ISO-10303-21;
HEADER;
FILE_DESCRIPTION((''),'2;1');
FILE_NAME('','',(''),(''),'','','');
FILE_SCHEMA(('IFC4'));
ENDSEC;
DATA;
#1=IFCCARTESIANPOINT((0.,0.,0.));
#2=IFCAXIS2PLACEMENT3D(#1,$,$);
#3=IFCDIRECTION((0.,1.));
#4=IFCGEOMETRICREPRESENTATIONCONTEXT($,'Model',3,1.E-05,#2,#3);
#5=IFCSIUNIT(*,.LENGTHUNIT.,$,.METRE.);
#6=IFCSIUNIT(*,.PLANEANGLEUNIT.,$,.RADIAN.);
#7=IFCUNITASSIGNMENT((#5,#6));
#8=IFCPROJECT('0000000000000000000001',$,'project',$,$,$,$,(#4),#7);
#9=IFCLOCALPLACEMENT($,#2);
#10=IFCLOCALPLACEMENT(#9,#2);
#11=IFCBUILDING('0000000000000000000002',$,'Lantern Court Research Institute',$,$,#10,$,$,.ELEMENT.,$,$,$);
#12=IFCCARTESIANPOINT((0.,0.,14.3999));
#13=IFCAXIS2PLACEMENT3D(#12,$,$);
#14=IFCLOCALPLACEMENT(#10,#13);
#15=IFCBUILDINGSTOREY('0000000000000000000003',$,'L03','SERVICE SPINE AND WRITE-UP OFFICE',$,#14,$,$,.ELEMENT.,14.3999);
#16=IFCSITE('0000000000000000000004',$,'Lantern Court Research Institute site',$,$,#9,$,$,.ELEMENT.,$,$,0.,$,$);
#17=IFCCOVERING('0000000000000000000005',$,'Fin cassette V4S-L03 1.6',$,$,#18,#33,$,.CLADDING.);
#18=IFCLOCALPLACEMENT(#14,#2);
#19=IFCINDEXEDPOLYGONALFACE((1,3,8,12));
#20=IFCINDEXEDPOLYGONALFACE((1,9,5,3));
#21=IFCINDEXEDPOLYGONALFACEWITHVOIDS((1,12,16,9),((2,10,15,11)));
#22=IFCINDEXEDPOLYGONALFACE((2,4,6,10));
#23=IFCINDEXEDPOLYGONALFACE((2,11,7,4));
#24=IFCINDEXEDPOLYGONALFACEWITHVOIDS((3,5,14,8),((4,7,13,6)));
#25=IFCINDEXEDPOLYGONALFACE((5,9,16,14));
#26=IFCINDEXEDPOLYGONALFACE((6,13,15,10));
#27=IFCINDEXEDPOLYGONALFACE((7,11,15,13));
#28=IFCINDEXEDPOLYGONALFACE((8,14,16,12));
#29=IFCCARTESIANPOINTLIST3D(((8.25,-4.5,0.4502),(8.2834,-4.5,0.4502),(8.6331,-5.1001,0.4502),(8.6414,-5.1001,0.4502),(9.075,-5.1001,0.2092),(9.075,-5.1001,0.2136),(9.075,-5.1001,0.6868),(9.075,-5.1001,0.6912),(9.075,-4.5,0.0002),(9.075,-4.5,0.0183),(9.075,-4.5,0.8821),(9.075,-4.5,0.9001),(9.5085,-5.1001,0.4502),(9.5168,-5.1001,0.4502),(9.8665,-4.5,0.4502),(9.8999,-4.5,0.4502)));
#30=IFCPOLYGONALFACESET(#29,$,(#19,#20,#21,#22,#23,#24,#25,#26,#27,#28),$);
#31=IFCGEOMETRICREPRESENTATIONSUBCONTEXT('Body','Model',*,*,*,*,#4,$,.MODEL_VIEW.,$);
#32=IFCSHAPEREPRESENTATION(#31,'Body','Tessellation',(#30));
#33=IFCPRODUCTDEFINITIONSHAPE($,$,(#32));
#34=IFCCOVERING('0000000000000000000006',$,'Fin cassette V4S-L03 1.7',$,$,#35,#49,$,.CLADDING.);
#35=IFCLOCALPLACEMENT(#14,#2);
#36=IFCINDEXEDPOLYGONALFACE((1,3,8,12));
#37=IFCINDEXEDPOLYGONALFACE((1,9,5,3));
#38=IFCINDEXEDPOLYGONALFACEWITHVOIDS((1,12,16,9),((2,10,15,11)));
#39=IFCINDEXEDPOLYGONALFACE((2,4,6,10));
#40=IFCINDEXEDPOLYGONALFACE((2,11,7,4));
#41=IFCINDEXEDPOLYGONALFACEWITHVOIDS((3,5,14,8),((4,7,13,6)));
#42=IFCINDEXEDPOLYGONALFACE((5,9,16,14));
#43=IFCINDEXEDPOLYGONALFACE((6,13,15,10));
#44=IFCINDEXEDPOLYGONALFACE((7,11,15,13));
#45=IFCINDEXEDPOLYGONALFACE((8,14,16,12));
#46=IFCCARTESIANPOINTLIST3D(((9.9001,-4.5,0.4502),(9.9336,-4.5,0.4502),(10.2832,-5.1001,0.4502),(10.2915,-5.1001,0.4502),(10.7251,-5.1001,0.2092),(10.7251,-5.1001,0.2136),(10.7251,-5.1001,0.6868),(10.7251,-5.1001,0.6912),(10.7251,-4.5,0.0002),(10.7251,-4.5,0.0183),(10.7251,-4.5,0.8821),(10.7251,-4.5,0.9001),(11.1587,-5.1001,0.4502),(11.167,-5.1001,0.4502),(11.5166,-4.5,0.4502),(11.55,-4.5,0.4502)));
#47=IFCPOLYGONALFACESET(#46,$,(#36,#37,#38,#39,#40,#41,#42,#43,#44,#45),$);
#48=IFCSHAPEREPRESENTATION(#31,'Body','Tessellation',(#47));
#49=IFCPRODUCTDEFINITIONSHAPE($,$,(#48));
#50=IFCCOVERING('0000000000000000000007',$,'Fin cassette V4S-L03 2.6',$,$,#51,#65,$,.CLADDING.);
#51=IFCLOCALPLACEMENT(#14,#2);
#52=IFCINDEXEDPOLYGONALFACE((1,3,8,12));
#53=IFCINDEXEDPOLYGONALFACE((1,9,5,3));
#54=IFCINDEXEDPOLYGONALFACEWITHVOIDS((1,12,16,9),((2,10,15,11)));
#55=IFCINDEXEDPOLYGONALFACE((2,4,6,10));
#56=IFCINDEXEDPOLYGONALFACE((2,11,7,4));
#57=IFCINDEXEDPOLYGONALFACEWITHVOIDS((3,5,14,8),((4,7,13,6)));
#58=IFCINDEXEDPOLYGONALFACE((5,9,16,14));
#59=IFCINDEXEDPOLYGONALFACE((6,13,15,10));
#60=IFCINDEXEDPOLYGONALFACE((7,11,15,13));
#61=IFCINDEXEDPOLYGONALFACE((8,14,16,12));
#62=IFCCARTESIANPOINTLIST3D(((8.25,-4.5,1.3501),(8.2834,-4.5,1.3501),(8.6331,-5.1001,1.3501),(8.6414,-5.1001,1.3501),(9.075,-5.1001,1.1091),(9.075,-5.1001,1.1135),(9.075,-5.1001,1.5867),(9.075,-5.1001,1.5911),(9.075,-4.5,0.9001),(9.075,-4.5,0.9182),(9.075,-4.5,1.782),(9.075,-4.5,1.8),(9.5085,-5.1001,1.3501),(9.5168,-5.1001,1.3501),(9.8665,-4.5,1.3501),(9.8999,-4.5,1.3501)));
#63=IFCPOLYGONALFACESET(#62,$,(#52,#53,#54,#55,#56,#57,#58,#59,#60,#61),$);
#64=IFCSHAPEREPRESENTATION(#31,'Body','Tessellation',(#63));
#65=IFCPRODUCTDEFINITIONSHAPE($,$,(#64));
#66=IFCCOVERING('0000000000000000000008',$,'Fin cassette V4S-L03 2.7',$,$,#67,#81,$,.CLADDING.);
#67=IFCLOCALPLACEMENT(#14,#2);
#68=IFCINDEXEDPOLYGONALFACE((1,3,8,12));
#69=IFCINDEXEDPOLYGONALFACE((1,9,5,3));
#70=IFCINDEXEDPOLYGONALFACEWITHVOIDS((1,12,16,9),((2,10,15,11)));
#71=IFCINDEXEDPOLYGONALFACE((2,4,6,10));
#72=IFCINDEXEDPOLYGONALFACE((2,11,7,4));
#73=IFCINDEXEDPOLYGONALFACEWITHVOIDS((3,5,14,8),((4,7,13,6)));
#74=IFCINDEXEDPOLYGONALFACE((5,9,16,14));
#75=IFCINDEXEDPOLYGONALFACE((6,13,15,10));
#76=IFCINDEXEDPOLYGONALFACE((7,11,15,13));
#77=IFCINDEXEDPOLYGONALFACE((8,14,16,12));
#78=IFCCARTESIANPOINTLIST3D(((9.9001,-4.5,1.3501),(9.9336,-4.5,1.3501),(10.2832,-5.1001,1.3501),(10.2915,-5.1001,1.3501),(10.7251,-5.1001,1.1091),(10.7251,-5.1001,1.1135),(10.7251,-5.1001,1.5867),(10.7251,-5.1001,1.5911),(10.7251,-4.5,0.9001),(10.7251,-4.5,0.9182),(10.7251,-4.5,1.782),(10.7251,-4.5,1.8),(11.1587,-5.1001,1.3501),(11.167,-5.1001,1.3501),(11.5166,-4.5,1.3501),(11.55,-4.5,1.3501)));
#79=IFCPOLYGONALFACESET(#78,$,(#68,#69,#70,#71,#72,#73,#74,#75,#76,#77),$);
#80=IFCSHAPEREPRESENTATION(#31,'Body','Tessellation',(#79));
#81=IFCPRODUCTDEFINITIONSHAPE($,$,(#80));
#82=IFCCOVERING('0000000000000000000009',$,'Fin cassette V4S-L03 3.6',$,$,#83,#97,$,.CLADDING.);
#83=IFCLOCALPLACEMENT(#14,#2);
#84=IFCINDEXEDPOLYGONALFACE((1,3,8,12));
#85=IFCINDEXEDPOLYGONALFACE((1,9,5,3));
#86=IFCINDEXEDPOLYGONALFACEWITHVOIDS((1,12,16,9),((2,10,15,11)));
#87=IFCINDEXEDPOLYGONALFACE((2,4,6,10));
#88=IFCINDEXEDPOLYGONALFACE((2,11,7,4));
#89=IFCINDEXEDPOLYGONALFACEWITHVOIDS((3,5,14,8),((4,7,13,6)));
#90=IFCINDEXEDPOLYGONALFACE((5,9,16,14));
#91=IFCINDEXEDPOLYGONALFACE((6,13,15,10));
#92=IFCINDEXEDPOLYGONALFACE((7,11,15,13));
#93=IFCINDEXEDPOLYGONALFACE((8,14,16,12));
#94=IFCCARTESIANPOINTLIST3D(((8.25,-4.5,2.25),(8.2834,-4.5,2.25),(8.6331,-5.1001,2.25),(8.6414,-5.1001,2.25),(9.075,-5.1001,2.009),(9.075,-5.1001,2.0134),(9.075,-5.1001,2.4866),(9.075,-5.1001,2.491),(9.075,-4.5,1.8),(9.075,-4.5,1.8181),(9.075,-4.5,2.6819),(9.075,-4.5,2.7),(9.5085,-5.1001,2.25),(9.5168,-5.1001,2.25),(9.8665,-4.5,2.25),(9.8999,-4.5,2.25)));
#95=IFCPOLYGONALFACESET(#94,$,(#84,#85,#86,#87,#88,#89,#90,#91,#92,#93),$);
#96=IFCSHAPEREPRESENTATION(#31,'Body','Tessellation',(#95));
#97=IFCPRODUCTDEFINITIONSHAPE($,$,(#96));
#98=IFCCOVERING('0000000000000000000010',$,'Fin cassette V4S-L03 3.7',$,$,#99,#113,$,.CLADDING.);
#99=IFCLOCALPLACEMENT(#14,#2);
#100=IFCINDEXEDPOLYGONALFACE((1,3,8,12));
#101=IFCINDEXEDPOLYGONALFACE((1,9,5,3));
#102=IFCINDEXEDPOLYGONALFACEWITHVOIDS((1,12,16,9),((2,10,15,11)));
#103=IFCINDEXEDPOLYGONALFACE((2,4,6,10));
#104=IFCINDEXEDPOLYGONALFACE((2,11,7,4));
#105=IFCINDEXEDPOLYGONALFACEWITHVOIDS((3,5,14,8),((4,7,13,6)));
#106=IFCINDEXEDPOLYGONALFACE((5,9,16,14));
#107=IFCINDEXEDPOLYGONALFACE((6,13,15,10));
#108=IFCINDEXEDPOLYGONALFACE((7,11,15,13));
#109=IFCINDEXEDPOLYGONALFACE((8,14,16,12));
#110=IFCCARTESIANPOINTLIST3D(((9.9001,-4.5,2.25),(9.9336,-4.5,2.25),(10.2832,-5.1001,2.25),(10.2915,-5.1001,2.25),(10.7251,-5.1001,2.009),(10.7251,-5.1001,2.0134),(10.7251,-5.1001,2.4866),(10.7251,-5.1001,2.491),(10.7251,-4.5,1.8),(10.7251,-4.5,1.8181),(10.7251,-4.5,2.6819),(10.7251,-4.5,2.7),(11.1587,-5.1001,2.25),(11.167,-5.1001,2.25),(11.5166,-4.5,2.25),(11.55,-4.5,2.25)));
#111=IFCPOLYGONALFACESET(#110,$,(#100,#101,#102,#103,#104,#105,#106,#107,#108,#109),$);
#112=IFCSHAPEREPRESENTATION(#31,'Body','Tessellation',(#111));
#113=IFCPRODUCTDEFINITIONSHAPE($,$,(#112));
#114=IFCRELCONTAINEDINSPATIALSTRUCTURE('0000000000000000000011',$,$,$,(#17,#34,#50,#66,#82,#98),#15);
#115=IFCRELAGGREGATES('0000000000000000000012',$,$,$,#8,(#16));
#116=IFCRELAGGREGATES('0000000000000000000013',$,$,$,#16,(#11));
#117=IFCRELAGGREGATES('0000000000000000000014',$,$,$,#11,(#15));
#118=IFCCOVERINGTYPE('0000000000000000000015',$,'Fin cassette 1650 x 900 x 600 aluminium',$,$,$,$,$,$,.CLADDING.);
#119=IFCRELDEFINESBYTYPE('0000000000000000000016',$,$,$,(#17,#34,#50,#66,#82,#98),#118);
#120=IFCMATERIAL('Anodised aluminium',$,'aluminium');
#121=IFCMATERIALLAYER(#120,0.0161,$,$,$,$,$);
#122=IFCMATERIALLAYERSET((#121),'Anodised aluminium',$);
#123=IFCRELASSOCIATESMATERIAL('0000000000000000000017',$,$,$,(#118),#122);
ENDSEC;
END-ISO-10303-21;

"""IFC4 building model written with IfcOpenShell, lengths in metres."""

from ifc_helpers import new_model, entity, si_unit, direction, frame, origin, place, context, subcontext, project, spatial, material, layer, layer_set, type_object, element, save


model = new_model("IFC4")

# Units and contexts
model_context = context("Model", 3, precision=1e-05, world=origin(), true_north=direction((0.0, 1.0)))
body_context = subcontext(model_context, "Body", "Model", "MODEL_VIEW")
ifc_project = project(units=[si_unit("LENGTHUNIT", "METRE"), si_unit("PLANEANGLEUNIT", "RADIAN")], contexts=[model_context])

# Site, building, storey
site_placement = place(None, origin())
site = spatial("IfcSite", under=ifc_project, at=site_placement, Name="Lantern Court Research Institute site", CompositionType="ELEMENT", RefElevation=0.0)
building_placement = place(site_placement, origin())
building = spatial("IfcBuilding", under=site, at=building_placement, Name="Lantern Court Research Institute", CompositionType="ELEMENT")
storey_placement = place(building_placement, frame((0.0, 0.0, 14.3999)))
storey = spatial("IfcBuildingStorey", under=building, at=storey_placement, Name="L03", Description="SERVICE SPINE AND WRITE-UP OFFICE", CompositionType="ELEMENT", Elevation=14.3999)

# Coverings
ifc_material_1 = material(Name="Anodised aluminium", Category="aluminium")
ifc_layer_1 = layer(ifc_material_1, 0.0161)
ifc_layer_set_1 = layer_set([ifc_layer_1], Name="Anodised aluminium")
covering_type = type_object("IfcCoveringType", Name="Fin cassette 1650 x 900 x 600 aluminium", PredefinedType="CLADDING", material=ifc_layer_set_1)
covering_1_placement = place(storey_placement, frame((9.075, -4.5, 0.4502), z_axis=(0.0, -1.0, 0.0), x_axis=(1.0, 0.0, 0.0)))
cartesian_point_1 = entity("IfcCartesianPoint", [0.825, 0.0])
cartesian_point_2 = entity("IfcCartesianPoint", [0.7915, 0.0])
cartesian_point_3 = entity("IfcCartesianPoint", [0.4419, 0.0])
cartesian_point_4 = entity("IfcCartesianPoint", [0.4336, 0.0])
element("IfcCovering", 1, at=covering_1_placement, inside=storey, type_object=covering_type, Name="Fin cassette V4S-L03 1.6", PredefinedType="CLADDING", context=body_context, shape_type="SweptSolid", body=[
    entity("IfcExtrudedAreaSolidTapered", entity("IfcArbitraryProfileDefWithVoids", "AREA", None, entity("IfcPolyline", [cartesian_point_1, entity("IfcCartesianPoint", [0.0, 0.45]), entity("IfcCartesianPoint", [-0.825, 0.0]), entity("IfcCartesianPoint", [0.0, -0.45]), cartesian_point_1]), [entity("IfcPolyline", [cartesian_point_2, entity("IfcCartesianPoint", [0.0, 0.4319]), entity("IfcCartesianPoint", [-0.7915, 0.0]), entity("IfcCartesianPoint", [0.0, -0.4319]), cartesian_point_2])]), entity("IfcAxis2Placement3D", entity("IfcCartesianPoint", [0.0, 0.0, 0.0])), entity("IfcDirection", [0.0, 0.0, 1.0]), 0.6001, entity("IfcArbitraryProfileDefWithVoids", "AREA", None, entity("IfcPolyline", [cartesian_point_3, entity("IfcCartesianPoint", [0.0, 0.241]), entity("IfcCartesianPoint", [-0.4419, 0.0]), entity("IfcCartesianPoint", [0.0, -0.241]), cartesian_point_3]), [entity("IfcPolyline", [cartesian_point_4, entity("IfcCartesianPoint", [0.0, 0.2366]), entity("IfcCartesianPoint", [-0.4336, 0.0]), entity("IfcCartesianPoint", [0.0, -0.2366]), cartesian_point_4])])),
])
covering_2_placement = place(storey_placement, frame((10.7251, -4.5, 0.4502), z_axis=(0.0, -1.0, 0.0), x_axis=(1.0, 0.0, 0.0)))
cartesian_point_5 = entity("IfcCartesianPoint", [0.825, 0.0])
cartesian_point_6 = entity("IfcCartesianPoint", [0.7915, 0.0])
cartesian_point_7 = entity("IfcCartesianPoint", [0.4419, 0.0])
cartesian_point_8 = entity("IfcCartesianPoint", [0.4336, 0.0])
element("IfcCovering", 2, at=covering_2_placement, inside=storey, type_object=covering_type, Name="Fin cassette V4S-L03 1.7", PredefinedType="CLADDING", context=body_context, shape_type="SweptSolid", body=[
    entity("IfcExtrudedAreaSolidTapered", entity("IfcArbitraryProfileDefWithVoids", "AREA", None, entity("IfcPolyline", [cartesian_point_5, entity("IfcCartesianPoint", [0.0, 0.45]), entity("IfcCartesianPoint", [-0.825, 0.0]), entity("IfcCartesianPoint", [0.0, -0.45]), cartesian_point_5]), [entity("IfcPolyline", [cartesian_point_6, entity("IfcCartesianPoint", [0.0, 0.4319]), entity("IfcCartesianPoint", [-0.7915, 0.0]), entity("IfcCartesianPoint", [0.0, -0.4319]), cartesian_point_6])]), entity("IfcAxis2Placement3D", entity("IfcCartesianPoint", [0.0, 0.0, 0.0])), entity("IfcDirection", [0.0, 0.0, 1.0]), 0.6001, entity("IfcArbitraryProfileDefWithVoids", "AREA", None, entity("IfcPolyline", [cartesian_point_7, entity("IfcCartesianPoint", [0.0, 0.241]), entity("IfcCartesianPoint", [-0.4419, 0.0]), entity("IfcCartesianPoint", [0.0, -0.241]), cartesian_point_7]), [entity("IfcPolyline", [cartesian_point_8, entity("IfcCartesianPoint", [0.0, 0.2366]), entity("IfcCartesianPoint", [-0.4336, 0.0]), entity("IfcCartesianPoint", [0.0, -0.2366]), cartesian_point_8])])),
])
covering_3_placement = place(storey_placement, frame((9.075, -4.5, 1.3501), z_axis=(0.0, -1.0, 0.0), x_axis=(1.0, 0.0, 0.0)))
cartesian_point_9 = entity("IfcCartesianPoint", [0.825, 0.0])
cartesian_point_10 = entity("IfcCartesianPoint", [0.7915, 0.0])
cartesian_point_11 = entity("IfcCartesianPoint", [0.4419, 0.0])
cartesian_point_12 = entity("IfcCartesianPoint", [0.4336, 0.0])
element("IfcCovering", 3, at=covering_3_placement, inside=storey, type_object=covering_type, Name="Fin cassette V4S-L03 2.6", PredefinedType="CLADDING", context=body_context, shape_type="SweptSolid", body=[
    entity("IfcExtrudedAreaSolidTapered", entity("IfcArbitraryProfileDefWithVoids", "AREA", None, entity("IfcPolyline", [cartesian_point_9, entity("IfcCartesianPoint", [0.0, 0.45]), entity("IfcCartesianPoint", [-0.825, 0.0]), entity("IfcCartesianPoint", [0.0, -0.45]), cartesian_point_9]), [entity("IfcPolyline", [cartesian_point_10, entity("IfcCartesianPoint", [0.0, 0.4319]), entity("IfcCartesianPoint", [-0.7915, 0.0]), entity("IfcCartesianPoint", [0.0, -0.4319]), cartesian_point_10])]), entity("IfcAxis2Placement3D", entity("IfcCartesianPoint", [0.0, 0.0, 0.0])), entity("IfcDirection", [0.0, 0.0, 1.0]), 0.6001, entity("IfcArbitraryProfileDefWithVoids", "AREA", None, entity("IfcPolyline", [cartesian_point_11, entity("IfcCartesianPoint", [0.0, 0.241]), entity("IfcCartesianPoint", [-0.4419, 0.0]), entity("IfcCartesianPoint", [0.0, -0.241]), cartesian_point_11]), [entity("IfcPolyline", [cartesian_point_12, entity("IfcCartesianPoint", [0.0, 0.2366]), entity("IfcCartesianPoint", [-0.4336, 0.0]), entity("IfcCartesianPoint", [0.0, -0.2366]), cartesian_point_12])])),
])
covering_4_placement = place(storey_placement, frame((10.7251, -4.5, 1.3501), z_axis=(0.0, -1.0, 0.0), x_axis=(1.0, 0.0, 0.0)))
cartesian_point_13 = entity("IfcCartesianPoint", [0.825, 0.0])
cartesian_point_14 = entity("IfcCartesianPoint", [0.7915, 0.0])
cartesian_point_15 = entity("IfcCartesianPoint", [0.4419, 0.0])
cartesian_point_16 = entity("IfcCartesianPoint", [0.4336, 0.0])
element("IfcCovering", 4, at=covering_4_placement, inside=storey, type_object=covering_type, Name="Fin cassette V4S-L03 2.7", PredefinedType="CLADDING", context=body_context, shape_type="SweptSolid", body=[
    entity("IfcExtrudedAreaSolidTapered", entity("IfcArbitraryProfileDefWithVoids", "AREA", None, entity("IfcPolyline", [cartesian_point_13, entity("IfcCartesianPoint", [0.0, 0.45]), entity("IfcCartesianPoint", [-0.825, 0.0]), entity("IfcCartesianPoint", [0.0, -0.45]), cartesian_point_13]), [entity("IfcPolyline", [cartesian_point_14, entity("IfcCartesianPoint", [0.0, 0.4319]), entity("IfcCartesianPoint", [-0.7915, 0.0]), entity("IfcCartesianPoint", [0.0, -0.4319]), cartesian_point_14])]), entity("IfcAxis2Placement3D", entity("IfcCartesianPoint", [0.0, 0.0, 0.0])), entity("IfcDirection", [0.0, 0.0, 1.0]), 0.6001, entity("IfcArbitraryProfileDefWithVoids", "AREA", None, entity("IfcPolyline", [cartesian_point_15, entity("IfcCartesianPoint", [0.0, 0.241]), entity("IfcCartesianPoint", [-0.4419, 0.0]), entity("IfcCartesianPoint", [0.0, -0.241]), cartesian_point_15]), [entity("IfcPolyline", [cartesian_point_16, entity("IfcCartesianPoint", [0.0, 0.2366]), entity("IfcCartesianPoint", [-0.4336, 0.0]), entity("IfcCartesianPoint", [0.0, -0.2366]), cartesian_point_16])])),
])
covering_5_placement = place(storey_placement, frame((9.075, -4.5, 2.25), z_axis=(0.0, -1.0, 0.0), x_axis=(1.0, 0.0, 0.0)))
cartesian_point_17 = entity("IfcCartesianPoint", [0.825, 0.0])
cartesian_point_18 = entity("IfcCartesianPoint", [0.7915, 0.0])
cartesian_point_19 = entity("IfcCartesianPoint", [0.4419, 0.0])
cartesian_point_20 = entity("IfcCartesianPoint", [0.4336, 0.0])
element("IfcCovering", 5, at=covering_5_placement, inside=storey, type_object=covering_type, Name="Fin cassette V4S-L03 3.6", PredefinedType="CLADDING", context=body_context, shape_type="SweptSolid", body=[
    entity("IfcExtrudedAreaSolidTapered", entity("IfcArbitraryProfileDefWithVoids", "AREA", None, entity("IfcPolyline", [cartesian_point_17, entity("IfcCartesianPoint", [0.0, 0.45]), entity("IfcCartesianPoint", [-0.825, 0.0]), entity("IfcCartesianPoint", [0.0, -0.45]), cartesian_point_17]), [entity("IfcPolyline", [cartesian_point_18, entity("IfcCartesianPoint", [0.0, 0.4319]), entity("IfcCartesianPoint", [-0.7915, 0.0]), entity("IfcCartesianPoint", [0.0, -0.4319]), cartesian_point_18])]), entity("IfcAxis2Placement3D", entity("IfcCartesianPoint", [0.0, 0.0, 0.0])), entity("IfcDirection", [0.0, 0.0, 1.0]), 0.6001, entity("IfcArbitraryProfileDefWithVoids", "AREA", None, entity("IfcPolyline", [cartesian_point_19, entity("IfcCartesianPoint", [0.0, 0.241]), entity("IfcCartesianPoint", [-0.4419, 0.0]), entity("IfcCartesianPoint", [0.0, -0.241]), cartesian_point_19]), [entity("IfcPolyline", [cartesian_point_20, entity("IfcCartesianPoint", [0.0, 0.2366]), entity("IfcCartesianPoint", [-0.4336, 0.0]), entity("IfcCartesianPoint", [0.0, -0.2366]), cartesian_point_20])])),
])
covering_6_placement = place(storey_placement, frame((10.7251, -4.5, 2.25), z_axis=(0.0, -1.0, 0.0), x_axis=(1.0, 0.0, 0.0)))
cartesian_point_21 = entity("IfcCartesianPoint", [0.825, 0.0])
cartesian_point_22 = entity("IfcCartesianPoint", [0.7915, 0.0])
cartesian_point_23 = entity("IfcCartesianPoint", [0.4419, 0.0])
cartesian_point_24 = entity("IfcCartesianPoint", [0.4336, 0.0])
element("IfcCovering", 6, at=covering_6_placement, inside=storey, type_object=covering_type, Name="Fin cassette V4S-L03 3.7", PredefinedType="CLADDING", context=body_context, shape_type="SweptSolid", body=[
    entity("IfcExtrudedAreaSolidTapered", entity("IfcArbitraryProfileDefWithVoids", "AREA", None, entity("IfcPolyline", [cartesian_point_21, entity("IfcCartesianPoint", [0.0, 0.45]), entity("IfcCartesianPoint", [-0.825, 0.0]), entity("IfcCartesianPoint", [0.0, -0.45]), cartesian_point_21]), [entity("IfcPolyline", [cartesian_point_22, entity("IfcCartesianPoint", [0.0, 0.4319]), entity("IfcCartesianPoint", [-0.7915, 0.0]), entity("IfcCartesianPoint", [0.0, -0.4319]), cartesian_point_22])]), entity("IfcAxis2Placement3D", entity("IfcCartesianPoint", [0.0, 0.0, 0.0])), entity("IfcDirection", [0.0, 0.0, 1.0]), 0.6001, entity("IfcArbitraryProfileDefWithVoids", "AREA", None, entity("IfcPolyline", [cartesian_point_23, entity("IfcCartesianPoint", [0.0, 0.241]), entity("IfcCartesianPoint", [-0.4419, 0.0]), entity("IfcCartesianPoint", [0.0, -0.241]), cartesian_point_23]), [entity("IfcPolyline", [cartesian_point_24, entity("IfcCartesianPoint", [0.0, 0.2366]), entity("IfcCartesianPoint", [-0.4336, 0.0]), entity("IfcCartesianPoint", [0.0, -0.2366]), cartesian_point_24])])),
])

save(model, "model.ifc")
